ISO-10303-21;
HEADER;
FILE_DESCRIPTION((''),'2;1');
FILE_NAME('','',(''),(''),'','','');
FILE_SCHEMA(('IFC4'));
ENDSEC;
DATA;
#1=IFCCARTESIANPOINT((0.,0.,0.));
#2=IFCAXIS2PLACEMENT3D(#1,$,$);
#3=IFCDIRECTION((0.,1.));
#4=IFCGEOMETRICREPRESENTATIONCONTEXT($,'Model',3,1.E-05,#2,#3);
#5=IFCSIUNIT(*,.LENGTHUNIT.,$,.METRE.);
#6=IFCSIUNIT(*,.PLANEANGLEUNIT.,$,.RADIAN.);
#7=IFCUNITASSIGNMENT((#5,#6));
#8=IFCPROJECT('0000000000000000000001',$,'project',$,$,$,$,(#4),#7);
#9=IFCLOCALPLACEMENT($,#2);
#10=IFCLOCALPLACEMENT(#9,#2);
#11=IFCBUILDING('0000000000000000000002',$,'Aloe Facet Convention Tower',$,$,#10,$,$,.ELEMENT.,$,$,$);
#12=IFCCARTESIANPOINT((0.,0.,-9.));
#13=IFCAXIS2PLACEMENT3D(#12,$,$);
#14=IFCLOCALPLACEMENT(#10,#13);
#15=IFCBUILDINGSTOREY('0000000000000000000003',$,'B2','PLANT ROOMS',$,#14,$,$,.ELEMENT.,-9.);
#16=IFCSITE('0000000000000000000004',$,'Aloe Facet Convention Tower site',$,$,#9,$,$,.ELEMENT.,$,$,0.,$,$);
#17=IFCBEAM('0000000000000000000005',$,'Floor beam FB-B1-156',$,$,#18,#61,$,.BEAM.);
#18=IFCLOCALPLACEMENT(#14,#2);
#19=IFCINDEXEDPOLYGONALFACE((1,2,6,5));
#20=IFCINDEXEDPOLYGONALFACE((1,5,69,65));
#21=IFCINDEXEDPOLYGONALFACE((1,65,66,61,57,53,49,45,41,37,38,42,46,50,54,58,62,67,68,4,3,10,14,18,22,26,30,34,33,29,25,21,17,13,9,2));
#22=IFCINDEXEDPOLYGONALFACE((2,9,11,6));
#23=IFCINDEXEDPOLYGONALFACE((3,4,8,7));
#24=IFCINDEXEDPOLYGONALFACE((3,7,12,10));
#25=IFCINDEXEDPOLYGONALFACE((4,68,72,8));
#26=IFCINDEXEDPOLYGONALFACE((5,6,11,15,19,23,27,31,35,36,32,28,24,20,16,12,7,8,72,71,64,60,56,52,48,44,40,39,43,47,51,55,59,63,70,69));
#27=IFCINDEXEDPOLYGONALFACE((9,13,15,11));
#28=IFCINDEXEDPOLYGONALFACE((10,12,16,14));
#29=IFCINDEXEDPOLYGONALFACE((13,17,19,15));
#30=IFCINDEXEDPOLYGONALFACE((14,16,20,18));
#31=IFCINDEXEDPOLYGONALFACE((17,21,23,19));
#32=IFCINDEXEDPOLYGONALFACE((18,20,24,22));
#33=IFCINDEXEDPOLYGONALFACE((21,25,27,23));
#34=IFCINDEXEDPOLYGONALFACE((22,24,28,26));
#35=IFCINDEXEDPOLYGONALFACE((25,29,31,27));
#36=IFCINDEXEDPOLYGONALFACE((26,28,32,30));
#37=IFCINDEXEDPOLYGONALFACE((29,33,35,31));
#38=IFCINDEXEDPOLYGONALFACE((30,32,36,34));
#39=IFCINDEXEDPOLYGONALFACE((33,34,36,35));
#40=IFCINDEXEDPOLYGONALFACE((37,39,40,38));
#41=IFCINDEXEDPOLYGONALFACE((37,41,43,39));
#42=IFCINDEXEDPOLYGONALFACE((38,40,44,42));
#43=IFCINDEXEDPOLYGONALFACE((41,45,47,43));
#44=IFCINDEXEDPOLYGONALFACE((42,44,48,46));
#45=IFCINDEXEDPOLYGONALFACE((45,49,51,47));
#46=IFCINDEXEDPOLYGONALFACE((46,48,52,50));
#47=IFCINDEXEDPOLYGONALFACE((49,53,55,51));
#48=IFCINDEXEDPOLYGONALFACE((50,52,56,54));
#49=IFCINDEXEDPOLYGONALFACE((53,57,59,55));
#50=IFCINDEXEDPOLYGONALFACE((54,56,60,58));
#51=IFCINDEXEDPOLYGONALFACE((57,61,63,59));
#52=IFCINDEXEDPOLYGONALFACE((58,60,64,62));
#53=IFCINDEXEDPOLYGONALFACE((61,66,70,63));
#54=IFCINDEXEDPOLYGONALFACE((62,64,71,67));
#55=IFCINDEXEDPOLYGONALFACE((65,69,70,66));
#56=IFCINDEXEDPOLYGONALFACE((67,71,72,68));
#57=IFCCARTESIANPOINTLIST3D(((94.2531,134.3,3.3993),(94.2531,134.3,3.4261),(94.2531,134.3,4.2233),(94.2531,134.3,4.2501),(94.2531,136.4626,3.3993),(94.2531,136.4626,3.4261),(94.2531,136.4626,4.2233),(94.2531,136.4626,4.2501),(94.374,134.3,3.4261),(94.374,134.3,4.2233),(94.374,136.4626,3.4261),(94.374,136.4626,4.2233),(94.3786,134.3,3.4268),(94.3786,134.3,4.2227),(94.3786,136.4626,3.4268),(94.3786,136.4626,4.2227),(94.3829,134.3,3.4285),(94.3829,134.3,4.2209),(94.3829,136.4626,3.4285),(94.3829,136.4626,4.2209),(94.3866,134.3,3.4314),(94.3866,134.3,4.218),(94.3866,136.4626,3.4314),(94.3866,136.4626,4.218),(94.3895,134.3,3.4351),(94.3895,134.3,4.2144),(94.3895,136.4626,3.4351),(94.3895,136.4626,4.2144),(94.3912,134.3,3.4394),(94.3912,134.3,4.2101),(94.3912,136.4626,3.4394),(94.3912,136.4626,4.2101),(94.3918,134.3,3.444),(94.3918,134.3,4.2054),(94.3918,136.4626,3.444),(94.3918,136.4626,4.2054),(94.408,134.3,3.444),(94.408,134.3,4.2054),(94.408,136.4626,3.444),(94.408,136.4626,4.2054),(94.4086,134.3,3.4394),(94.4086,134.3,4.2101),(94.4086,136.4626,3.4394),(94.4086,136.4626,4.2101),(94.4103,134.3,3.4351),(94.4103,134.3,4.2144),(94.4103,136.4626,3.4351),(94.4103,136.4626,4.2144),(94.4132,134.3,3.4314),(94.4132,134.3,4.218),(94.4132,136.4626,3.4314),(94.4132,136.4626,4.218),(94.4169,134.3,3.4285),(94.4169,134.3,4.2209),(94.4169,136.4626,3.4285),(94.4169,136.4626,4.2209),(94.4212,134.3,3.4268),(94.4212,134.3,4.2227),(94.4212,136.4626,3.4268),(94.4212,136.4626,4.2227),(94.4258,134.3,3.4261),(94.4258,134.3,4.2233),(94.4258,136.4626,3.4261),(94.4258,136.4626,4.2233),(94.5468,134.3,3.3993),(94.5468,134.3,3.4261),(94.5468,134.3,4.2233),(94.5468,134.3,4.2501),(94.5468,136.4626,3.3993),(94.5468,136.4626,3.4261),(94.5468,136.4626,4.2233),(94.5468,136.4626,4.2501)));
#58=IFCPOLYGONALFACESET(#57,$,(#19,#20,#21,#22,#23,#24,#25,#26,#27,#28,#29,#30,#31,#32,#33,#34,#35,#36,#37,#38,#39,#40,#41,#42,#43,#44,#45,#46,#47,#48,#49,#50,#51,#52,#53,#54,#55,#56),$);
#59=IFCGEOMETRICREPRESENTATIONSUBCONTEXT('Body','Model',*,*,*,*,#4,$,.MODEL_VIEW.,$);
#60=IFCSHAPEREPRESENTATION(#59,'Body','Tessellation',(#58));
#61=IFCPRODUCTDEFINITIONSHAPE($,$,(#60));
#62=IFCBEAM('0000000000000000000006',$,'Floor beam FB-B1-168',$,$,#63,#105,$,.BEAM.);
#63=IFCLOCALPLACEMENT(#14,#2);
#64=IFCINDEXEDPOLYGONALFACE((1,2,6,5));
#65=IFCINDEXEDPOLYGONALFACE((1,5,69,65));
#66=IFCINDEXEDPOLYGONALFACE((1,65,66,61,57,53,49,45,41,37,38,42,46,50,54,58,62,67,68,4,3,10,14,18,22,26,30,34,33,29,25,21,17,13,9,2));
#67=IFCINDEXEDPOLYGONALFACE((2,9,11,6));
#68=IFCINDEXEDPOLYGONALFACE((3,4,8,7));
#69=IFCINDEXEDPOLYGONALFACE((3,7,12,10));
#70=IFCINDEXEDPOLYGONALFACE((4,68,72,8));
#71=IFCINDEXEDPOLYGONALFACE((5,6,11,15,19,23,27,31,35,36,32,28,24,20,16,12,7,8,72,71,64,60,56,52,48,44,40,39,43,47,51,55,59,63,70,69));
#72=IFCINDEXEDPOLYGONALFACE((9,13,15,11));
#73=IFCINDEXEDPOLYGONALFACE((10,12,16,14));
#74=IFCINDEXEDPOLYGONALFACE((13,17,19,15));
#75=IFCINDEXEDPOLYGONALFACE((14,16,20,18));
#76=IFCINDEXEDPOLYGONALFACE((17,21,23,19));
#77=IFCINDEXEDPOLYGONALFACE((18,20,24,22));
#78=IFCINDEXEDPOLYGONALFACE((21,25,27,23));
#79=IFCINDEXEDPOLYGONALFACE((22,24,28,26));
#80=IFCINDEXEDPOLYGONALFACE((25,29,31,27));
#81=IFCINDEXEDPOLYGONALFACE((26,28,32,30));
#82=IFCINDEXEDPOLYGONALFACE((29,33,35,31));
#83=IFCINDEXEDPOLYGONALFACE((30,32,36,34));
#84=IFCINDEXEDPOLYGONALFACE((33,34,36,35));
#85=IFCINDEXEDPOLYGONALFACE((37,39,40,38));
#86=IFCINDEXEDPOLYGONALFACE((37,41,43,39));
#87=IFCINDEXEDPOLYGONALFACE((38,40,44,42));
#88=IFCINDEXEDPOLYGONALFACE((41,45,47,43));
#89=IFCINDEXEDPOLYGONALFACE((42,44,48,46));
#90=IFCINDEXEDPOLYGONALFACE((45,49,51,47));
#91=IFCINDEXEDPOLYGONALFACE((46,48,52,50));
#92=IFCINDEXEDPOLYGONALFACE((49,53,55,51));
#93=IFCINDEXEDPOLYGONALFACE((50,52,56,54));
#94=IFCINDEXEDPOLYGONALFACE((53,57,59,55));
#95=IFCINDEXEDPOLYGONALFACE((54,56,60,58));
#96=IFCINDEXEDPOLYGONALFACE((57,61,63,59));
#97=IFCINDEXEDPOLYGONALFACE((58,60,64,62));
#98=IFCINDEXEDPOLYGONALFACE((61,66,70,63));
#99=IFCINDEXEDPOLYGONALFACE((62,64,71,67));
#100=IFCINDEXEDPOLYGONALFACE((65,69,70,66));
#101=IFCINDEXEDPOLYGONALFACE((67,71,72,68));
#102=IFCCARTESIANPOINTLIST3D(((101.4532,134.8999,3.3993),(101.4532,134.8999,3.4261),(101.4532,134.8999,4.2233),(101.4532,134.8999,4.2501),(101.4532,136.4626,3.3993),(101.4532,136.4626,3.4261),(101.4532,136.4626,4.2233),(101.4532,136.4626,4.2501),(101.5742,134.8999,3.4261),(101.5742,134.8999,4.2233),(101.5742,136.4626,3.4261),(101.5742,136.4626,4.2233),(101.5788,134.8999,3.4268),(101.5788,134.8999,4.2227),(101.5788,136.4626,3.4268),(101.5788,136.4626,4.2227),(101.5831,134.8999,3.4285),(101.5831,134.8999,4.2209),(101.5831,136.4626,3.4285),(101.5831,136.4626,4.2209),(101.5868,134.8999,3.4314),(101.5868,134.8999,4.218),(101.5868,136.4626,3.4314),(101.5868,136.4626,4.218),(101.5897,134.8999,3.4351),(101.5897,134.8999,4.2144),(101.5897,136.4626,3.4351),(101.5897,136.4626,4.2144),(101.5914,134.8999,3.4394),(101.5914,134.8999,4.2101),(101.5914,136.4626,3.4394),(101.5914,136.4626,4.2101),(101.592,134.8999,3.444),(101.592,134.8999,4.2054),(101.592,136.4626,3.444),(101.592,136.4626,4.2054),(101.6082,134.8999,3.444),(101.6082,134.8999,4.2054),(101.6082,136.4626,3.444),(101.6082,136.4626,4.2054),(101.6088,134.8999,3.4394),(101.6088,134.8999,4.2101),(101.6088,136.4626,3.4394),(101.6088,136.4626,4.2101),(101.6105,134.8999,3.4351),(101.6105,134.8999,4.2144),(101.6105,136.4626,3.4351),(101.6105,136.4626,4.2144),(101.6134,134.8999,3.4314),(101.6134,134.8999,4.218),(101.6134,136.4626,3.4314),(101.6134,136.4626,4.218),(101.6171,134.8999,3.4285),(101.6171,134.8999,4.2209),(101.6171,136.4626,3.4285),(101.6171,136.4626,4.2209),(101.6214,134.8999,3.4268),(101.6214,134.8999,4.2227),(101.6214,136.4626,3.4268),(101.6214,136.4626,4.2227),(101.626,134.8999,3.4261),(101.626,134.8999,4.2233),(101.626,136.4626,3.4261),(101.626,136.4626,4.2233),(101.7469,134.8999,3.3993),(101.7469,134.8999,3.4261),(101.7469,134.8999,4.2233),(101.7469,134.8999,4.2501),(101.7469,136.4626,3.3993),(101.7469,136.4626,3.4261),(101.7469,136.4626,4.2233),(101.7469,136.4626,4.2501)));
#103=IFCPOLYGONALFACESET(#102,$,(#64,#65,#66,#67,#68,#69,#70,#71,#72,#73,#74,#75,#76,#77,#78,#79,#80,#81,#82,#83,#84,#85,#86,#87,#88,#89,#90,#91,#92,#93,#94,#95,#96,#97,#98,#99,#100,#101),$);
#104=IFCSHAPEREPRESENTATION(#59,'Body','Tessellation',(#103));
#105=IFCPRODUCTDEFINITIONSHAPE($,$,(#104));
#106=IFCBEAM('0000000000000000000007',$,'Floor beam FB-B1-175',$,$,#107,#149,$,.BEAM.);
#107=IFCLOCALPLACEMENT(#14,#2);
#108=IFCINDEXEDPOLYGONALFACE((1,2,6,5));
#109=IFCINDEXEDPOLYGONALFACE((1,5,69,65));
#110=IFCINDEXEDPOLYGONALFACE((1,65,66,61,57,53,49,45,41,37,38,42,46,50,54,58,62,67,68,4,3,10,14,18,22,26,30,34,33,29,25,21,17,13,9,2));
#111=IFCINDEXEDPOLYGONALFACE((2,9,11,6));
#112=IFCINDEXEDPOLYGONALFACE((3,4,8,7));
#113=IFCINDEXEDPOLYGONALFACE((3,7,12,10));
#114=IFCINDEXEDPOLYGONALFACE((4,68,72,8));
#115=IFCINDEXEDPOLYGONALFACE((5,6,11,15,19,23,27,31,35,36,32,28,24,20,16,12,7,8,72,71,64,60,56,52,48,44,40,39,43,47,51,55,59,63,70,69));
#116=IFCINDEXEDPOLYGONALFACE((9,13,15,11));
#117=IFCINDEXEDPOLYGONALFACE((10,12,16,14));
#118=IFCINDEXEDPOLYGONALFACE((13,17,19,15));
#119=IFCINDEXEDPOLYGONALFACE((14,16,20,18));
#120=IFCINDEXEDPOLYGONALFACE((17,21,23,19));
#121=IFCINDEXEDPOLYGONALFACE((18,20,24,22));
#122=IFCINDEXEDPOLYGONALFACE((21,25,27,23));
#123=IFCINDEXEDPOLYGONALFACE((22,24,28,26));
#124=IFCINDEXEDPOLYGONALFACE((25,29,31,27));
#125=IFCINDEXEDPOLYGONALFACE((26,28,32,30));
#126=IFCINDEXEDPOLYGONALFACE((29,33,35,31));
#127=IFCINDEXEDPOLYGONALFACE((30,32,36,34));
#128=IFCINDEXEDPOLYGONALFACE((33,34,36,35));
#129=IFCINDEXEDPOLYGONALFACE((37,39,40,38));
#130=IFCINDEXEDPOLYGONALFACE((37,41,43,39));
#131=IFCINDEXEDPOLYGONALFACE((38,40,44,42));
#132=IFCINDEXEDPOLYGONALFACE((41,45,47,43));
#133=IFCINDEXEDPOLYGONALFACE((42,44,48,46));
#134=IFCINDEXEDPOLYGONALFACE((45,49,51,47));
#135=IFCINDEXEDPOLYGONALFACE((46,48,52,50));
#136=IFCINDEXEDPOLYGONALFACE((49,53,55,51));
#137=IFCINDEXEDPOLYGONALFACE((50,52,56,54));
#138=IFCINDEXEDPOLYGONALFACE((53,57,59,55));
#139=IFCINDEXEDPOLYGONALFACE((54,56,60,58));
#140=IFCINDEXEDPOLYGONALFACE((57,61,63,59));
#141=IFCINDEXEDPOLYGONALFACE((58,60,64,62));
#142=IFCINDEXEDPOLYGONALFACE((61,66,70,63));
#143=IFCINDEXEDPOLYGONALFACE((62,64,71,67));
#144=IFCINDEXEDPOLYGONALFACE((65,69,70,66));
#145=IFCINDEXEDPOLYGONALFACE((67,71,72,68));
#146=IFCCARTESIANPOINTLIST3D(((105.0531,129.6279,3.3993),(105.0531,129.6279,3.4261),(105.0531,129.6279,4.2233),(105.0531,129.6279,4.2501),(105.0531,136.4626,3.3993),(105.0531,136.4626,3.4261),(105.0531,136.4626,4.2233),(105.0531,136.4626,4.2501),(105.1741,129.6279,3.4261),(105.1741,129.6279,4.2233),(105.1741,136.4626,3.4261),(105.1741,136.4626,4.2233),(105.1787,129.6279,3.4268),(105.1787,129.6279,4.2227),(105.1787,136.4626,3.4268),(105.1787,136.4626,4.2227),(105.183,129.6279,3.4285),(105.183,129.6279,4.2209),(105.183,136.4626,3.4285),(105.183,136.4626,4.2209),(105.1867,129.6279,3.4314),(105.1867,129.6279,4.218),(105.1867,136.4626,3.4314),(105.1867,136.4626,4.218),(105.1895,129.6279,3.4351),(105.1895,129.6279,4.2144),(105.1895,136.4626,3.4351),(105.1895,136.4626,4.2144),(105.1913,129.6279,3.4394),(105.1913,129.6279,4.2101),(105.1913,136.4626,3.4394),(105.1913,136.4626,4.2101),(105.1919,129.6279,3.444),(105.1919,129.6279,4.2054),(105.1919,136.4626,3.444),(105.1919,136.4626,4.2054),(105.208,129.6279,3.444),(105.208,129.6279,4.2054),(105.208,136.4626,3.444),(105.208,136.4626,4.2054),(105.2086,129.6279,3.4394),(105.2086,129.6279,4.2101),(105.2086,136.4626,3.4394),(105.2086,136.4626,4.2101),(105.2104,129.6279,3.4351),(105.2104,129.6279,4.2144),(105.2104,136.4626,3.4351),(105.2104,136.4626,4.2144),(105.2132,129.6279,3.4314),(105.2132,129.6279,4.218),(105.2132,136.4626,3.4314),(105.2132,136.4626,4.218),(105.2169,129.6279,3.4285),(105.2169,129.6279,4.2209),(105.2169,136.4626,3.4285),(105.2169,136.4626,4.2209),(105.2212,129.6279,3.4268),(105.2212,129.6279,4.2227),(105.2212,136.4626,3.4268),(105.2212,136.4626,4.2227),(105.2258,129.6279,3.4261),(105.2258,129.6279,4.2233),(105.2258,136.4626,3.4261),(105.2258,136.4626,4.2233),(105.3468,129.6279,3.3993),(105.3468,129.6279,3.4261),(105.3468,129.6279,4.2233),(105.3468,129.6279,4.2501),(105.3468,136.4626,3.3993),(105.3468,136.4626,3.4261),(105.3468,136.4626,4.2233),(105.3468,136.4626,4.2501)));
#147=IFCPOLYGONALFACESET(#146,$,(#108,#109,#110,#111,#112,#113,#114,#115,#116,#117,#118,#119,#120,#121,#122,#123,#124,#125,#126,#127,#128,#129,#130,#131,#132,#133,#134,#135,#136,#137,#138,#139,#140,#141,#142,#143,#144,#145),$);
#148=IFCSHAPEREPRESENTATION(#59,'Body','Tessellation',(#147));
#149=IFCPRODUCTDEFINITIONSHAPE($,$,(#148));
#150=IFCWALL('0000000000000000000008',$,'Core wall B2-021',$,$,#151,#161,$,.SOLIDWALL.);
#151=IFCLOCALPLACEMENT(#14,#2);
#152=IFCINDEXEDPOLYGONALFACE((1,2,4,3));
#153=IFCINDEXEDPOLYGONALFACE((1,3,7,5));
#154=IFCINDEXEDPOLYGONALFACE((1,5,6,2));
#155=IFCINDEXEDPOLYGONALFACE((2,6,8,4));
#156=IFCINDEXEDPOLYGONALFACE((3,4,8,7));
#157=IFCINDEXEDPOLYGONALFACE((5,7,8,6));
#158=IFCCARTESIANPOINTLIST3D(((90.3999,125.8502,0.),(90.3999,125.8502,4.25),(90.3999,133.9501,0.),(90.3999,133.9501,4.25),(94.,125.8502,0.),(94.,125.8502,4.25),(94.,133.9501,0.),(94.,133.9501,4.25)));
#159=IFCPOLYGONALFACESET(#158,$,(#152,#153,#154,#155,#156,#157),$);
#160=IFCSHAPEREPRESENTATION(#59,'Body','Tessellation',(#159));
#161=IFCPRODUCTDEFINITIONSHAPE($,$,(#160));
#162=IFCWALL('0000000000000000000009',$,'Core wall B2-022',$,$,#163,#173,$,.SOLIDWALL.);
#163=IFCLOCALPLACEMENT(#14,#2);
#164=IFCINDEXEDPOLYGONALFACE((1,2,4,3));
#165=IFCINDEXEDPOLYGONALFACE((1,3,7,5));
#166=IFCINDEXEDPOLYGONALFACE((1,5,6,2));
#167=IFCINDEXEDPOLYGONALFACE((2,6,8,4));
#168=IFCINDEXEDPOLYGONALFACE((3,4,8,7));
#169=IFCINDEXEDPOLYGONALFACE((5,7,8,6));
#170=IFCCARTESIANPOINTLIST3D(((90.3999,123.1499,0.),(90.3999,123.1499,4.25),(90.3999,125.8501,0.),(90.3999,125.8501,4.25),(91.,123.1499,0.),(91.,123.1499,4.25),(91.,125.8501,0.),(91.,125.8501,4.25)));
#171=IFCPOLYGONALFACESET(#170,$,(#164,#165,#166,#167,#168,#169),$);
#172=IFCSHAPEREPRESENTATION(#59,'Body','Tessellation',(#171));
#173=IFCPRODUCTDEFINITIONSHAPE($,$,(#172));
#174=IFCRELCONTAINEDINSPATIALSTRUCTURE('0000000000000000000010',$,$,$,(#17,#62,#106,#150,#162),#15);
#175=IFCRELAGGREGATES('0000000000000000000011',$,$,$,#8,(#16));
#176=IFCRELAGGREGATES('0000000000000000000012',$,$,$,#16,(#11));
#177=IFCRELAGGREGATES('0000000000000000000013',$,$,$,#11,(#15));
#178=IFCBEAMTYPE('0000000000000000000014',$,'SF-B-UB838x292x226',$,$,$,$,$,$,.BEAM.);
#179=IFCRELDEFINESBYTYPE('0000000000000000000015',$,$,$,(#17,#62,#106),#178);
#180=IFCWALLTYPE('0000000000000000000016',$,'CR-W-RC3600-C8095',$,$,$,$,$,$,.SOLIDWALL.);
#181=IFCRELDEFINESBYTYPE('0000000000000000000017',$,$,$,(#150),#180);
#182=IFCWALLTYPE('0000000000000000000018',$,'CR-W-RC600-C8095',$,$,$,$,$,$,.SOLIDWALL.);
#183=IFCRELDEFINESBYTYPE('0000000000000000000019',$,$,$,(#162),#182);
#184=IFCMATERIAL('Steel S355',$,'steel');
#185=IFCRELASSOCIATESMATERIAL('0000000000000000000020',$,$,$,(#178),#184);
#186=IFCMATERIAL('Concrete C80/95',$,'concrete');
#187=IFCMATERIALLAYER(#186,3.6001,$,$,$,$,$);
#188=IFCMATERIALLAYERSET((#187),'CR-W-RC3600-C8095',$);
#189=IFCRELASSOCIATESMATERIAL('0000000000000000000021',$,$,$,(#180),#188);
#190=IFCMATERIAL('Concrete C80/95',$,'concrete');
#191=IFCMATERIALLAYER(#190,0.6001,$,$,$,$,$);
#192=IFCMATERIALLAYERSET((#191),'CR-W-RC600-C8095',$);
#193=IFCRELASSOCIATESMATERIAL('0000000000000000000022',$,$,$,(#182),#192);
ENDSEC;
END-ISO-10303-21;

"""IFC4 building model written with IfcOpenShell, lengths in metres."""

from ifc_helpers import new_model, si_unit, direction, frame, frame_2d, origin, origin_2d, place, context, subcontext, project, spatial, rectangle, i_section, extrude, material, layer, layer_set, material_profile, profile_set, type_object, element, save


model = new_model("IFC4")

# Units and contexts
model_context = context("Model", 3, precision=1e-05, world=origin(), true_north=direction((0.0, 1.0)))
body_context = subcontext(model_context, "Body", "Model", "MODEL_VIEW")
ifc_project = project(units=[si_unit("LENGTHUNIT", "METRE"), si_unit("PLANEANGLEUNIT", "RADIAN")], contexts=[model_context])

# Site, building, storey
site_placement = place(None, origin())
site = spatial("IfcSite", under=ifc_project, at=site_placement, Name="Aloe Facet Convention Tower site", CompositionType="ELEMENT", RefElevation=0.0)
building_placement = place(site_placement, origin())
building = spatial("IfcBuilding", under=site, at=building_placement, Name="Aloe Facet Convention Tower", CompositionType="ELEMENT")
storey_placement = place(building_placement, frame((0.0, 0.0, -9.0)))
storey = spatial("IfcBuildingStorey", under=building, at=storey_placement, Name="B2", Description="PLANT ROOMS", CompositionType="ELEMENT", Elevation=-9.0)

# Beams
ifc_material_1 = material(Name="Steel S355", Category="steel")
ifc_material_profile_1 = material_profile(ifc_material_1, i_section(OverallWidth=0.2937, OverallDepth=0.8508, WebThickness=0.0161, FlangeThickness=0.0269, FilletRadius=0.0178, at=origin_2d()), Name="UB 838x292x226")
ifc_profile_set_1 = profile_set([ifc_material_profile_1], Name="Steel S355")
beam_type = type_object("IfcBeamType", Name="SF-B-UB838x292x226", PredefinedType="BEAM", material=ifc_profile_set_1)
beam_1_placement = place(storey_placement, frame((94.3999, 134.3, 3.8247), z_axis=(0.0, 1.0, 0.0), x_axis=(-1.0, 0.0, 0.0)))
element("IfcBeam", 1, at=beam_1_placement, inside=storey, type_object=beam_type, Name="Floor beam FB-B1-156", PredefinedType="BEAM", context=body_context, shape_type="SweptSolid", body=[
    extrude(i_section(OverallWidth=0.2937, OverallDepth=0.8508, WebThickness=0.0161, FlangeThickness=0.0269, FilletRadius=0.0178, at=origin_2d()), origin(), (0.0, 0.0, 1.0), 2.1626),
])
beam_2_placement = place(storey_placement, frame((101.6001, 134.8999, 3.8247), z_axis=(0.0, 1.0, 0.0), x_axis=(-1.0, 0.0, 0.0)))
element("IfcBeam", 2, at=beam_2_placement, inside=storey, type_object=beam_type, Name="Floor beam FB-B1-168", PredefinedType="BEAM", context=body_context, shape_type="SweptSolid", body=[
    extrude(i_section(OverallWidth=0.2937, OverallDepth=0.8508, WebThickness=0.0161, FlangeThickness=0.0269, FilletRadius=0.0178, at=origin_2d()), origin(), (0.0, 0.0, 1.0), 1.5627),
])
beam_3_placement = place(storey_placement, frame((105.2, 129.6279, 3.8247), z_axis=(0.0, 1.0, 0.0), x_axis=(-1.0, 0.0, 0.0)))
element("IfcBeam", 3, at=beam_3_placement, inside=storey, type_object=beam_type, Name="Floor beam FB-B1-175", PredefinedType="BEAM", context=body_context, shape_type="SweptSolid", body=[
    extrude(i_section(OverallWidth=0.2937, OverallDepth=0.8508, WebThickness=0.0161, FlangeThickness=0.0269, FilletRadius=0.0178, at=origin_2d()), origin(), (0.0, 0.0, 1.0), 6.8347),
])

# Walls
ifc_material_2 = material(Name="Concrete C80/95", Category="concrete")
ifc_layer_1 = layer(ifc_material_2, 3.6001)
ifc_layer_set_1 = layer_set([ifc_layer_1], Name="CR-W-RC3600-C8095")
wall_type_1 = type_object("IfcWallType", Name="CR-W-RC3600-C8095", PredefinedType="SOLIDWALL", material=ifc_layer_set_1)
wall_1_placement = place(storey_placement, frame((92.2, 133.95, 0.0), z_axis=(0.0, 0.0, 1.0), x_axis=(0.0, -1.0, 0.0)))
element("IfcWall", 4, at=wall_1_placement, inside=storey, type_object=wall_type_1, Name="Core wall B2-021", PredefinedType="SOLIDWALL", context=body_context, shape_type="SweptSolid", body=[
    extrude(rectangle(XDim=8.0999, YDim=3.6001, at=frame_2d((4.0498, 0.0))), origin(), (0.0, 0.0, 1.0), 4.25),
])
ifc_material_3 = material(Name="Concrete C80/95", Category="concrete")
ifc_layer_2 = layer(ifc_material_3, 0.6001)
ifc_layer_set_2 = layer_set([ifc_layer_2], Name="CR-W-RC600-C8095")
wall_type_2 = type_object("IfcWallType", Name="CR-W-RC600-C8095", PredefinedType="SOLIDWALL", material=ifc_layer_set_2)
wall_2_placement = place(storey_placement, frame((90.7, 125.8501, 0.0), z_axis=(0.0, 0.0, 1.0), x_axis=(0.0, -1.0, 0.0)))
element("IfcWall", 5, at=wall_2_placement, inside=storey, type_object=wall_type_2, Name="Core wall B2-022", PredefinedType="SOLIDWALL", context=body_context, shape_type="SweptSolid", body=[
    extrude(rectangle(XDim=2.7002, YDim=0.6001, at=frame_2d((1.3501, 0.0))), origin(), (0.0, 0.0, 1.0), 4.25),
])

save(model, "model.ifc")
